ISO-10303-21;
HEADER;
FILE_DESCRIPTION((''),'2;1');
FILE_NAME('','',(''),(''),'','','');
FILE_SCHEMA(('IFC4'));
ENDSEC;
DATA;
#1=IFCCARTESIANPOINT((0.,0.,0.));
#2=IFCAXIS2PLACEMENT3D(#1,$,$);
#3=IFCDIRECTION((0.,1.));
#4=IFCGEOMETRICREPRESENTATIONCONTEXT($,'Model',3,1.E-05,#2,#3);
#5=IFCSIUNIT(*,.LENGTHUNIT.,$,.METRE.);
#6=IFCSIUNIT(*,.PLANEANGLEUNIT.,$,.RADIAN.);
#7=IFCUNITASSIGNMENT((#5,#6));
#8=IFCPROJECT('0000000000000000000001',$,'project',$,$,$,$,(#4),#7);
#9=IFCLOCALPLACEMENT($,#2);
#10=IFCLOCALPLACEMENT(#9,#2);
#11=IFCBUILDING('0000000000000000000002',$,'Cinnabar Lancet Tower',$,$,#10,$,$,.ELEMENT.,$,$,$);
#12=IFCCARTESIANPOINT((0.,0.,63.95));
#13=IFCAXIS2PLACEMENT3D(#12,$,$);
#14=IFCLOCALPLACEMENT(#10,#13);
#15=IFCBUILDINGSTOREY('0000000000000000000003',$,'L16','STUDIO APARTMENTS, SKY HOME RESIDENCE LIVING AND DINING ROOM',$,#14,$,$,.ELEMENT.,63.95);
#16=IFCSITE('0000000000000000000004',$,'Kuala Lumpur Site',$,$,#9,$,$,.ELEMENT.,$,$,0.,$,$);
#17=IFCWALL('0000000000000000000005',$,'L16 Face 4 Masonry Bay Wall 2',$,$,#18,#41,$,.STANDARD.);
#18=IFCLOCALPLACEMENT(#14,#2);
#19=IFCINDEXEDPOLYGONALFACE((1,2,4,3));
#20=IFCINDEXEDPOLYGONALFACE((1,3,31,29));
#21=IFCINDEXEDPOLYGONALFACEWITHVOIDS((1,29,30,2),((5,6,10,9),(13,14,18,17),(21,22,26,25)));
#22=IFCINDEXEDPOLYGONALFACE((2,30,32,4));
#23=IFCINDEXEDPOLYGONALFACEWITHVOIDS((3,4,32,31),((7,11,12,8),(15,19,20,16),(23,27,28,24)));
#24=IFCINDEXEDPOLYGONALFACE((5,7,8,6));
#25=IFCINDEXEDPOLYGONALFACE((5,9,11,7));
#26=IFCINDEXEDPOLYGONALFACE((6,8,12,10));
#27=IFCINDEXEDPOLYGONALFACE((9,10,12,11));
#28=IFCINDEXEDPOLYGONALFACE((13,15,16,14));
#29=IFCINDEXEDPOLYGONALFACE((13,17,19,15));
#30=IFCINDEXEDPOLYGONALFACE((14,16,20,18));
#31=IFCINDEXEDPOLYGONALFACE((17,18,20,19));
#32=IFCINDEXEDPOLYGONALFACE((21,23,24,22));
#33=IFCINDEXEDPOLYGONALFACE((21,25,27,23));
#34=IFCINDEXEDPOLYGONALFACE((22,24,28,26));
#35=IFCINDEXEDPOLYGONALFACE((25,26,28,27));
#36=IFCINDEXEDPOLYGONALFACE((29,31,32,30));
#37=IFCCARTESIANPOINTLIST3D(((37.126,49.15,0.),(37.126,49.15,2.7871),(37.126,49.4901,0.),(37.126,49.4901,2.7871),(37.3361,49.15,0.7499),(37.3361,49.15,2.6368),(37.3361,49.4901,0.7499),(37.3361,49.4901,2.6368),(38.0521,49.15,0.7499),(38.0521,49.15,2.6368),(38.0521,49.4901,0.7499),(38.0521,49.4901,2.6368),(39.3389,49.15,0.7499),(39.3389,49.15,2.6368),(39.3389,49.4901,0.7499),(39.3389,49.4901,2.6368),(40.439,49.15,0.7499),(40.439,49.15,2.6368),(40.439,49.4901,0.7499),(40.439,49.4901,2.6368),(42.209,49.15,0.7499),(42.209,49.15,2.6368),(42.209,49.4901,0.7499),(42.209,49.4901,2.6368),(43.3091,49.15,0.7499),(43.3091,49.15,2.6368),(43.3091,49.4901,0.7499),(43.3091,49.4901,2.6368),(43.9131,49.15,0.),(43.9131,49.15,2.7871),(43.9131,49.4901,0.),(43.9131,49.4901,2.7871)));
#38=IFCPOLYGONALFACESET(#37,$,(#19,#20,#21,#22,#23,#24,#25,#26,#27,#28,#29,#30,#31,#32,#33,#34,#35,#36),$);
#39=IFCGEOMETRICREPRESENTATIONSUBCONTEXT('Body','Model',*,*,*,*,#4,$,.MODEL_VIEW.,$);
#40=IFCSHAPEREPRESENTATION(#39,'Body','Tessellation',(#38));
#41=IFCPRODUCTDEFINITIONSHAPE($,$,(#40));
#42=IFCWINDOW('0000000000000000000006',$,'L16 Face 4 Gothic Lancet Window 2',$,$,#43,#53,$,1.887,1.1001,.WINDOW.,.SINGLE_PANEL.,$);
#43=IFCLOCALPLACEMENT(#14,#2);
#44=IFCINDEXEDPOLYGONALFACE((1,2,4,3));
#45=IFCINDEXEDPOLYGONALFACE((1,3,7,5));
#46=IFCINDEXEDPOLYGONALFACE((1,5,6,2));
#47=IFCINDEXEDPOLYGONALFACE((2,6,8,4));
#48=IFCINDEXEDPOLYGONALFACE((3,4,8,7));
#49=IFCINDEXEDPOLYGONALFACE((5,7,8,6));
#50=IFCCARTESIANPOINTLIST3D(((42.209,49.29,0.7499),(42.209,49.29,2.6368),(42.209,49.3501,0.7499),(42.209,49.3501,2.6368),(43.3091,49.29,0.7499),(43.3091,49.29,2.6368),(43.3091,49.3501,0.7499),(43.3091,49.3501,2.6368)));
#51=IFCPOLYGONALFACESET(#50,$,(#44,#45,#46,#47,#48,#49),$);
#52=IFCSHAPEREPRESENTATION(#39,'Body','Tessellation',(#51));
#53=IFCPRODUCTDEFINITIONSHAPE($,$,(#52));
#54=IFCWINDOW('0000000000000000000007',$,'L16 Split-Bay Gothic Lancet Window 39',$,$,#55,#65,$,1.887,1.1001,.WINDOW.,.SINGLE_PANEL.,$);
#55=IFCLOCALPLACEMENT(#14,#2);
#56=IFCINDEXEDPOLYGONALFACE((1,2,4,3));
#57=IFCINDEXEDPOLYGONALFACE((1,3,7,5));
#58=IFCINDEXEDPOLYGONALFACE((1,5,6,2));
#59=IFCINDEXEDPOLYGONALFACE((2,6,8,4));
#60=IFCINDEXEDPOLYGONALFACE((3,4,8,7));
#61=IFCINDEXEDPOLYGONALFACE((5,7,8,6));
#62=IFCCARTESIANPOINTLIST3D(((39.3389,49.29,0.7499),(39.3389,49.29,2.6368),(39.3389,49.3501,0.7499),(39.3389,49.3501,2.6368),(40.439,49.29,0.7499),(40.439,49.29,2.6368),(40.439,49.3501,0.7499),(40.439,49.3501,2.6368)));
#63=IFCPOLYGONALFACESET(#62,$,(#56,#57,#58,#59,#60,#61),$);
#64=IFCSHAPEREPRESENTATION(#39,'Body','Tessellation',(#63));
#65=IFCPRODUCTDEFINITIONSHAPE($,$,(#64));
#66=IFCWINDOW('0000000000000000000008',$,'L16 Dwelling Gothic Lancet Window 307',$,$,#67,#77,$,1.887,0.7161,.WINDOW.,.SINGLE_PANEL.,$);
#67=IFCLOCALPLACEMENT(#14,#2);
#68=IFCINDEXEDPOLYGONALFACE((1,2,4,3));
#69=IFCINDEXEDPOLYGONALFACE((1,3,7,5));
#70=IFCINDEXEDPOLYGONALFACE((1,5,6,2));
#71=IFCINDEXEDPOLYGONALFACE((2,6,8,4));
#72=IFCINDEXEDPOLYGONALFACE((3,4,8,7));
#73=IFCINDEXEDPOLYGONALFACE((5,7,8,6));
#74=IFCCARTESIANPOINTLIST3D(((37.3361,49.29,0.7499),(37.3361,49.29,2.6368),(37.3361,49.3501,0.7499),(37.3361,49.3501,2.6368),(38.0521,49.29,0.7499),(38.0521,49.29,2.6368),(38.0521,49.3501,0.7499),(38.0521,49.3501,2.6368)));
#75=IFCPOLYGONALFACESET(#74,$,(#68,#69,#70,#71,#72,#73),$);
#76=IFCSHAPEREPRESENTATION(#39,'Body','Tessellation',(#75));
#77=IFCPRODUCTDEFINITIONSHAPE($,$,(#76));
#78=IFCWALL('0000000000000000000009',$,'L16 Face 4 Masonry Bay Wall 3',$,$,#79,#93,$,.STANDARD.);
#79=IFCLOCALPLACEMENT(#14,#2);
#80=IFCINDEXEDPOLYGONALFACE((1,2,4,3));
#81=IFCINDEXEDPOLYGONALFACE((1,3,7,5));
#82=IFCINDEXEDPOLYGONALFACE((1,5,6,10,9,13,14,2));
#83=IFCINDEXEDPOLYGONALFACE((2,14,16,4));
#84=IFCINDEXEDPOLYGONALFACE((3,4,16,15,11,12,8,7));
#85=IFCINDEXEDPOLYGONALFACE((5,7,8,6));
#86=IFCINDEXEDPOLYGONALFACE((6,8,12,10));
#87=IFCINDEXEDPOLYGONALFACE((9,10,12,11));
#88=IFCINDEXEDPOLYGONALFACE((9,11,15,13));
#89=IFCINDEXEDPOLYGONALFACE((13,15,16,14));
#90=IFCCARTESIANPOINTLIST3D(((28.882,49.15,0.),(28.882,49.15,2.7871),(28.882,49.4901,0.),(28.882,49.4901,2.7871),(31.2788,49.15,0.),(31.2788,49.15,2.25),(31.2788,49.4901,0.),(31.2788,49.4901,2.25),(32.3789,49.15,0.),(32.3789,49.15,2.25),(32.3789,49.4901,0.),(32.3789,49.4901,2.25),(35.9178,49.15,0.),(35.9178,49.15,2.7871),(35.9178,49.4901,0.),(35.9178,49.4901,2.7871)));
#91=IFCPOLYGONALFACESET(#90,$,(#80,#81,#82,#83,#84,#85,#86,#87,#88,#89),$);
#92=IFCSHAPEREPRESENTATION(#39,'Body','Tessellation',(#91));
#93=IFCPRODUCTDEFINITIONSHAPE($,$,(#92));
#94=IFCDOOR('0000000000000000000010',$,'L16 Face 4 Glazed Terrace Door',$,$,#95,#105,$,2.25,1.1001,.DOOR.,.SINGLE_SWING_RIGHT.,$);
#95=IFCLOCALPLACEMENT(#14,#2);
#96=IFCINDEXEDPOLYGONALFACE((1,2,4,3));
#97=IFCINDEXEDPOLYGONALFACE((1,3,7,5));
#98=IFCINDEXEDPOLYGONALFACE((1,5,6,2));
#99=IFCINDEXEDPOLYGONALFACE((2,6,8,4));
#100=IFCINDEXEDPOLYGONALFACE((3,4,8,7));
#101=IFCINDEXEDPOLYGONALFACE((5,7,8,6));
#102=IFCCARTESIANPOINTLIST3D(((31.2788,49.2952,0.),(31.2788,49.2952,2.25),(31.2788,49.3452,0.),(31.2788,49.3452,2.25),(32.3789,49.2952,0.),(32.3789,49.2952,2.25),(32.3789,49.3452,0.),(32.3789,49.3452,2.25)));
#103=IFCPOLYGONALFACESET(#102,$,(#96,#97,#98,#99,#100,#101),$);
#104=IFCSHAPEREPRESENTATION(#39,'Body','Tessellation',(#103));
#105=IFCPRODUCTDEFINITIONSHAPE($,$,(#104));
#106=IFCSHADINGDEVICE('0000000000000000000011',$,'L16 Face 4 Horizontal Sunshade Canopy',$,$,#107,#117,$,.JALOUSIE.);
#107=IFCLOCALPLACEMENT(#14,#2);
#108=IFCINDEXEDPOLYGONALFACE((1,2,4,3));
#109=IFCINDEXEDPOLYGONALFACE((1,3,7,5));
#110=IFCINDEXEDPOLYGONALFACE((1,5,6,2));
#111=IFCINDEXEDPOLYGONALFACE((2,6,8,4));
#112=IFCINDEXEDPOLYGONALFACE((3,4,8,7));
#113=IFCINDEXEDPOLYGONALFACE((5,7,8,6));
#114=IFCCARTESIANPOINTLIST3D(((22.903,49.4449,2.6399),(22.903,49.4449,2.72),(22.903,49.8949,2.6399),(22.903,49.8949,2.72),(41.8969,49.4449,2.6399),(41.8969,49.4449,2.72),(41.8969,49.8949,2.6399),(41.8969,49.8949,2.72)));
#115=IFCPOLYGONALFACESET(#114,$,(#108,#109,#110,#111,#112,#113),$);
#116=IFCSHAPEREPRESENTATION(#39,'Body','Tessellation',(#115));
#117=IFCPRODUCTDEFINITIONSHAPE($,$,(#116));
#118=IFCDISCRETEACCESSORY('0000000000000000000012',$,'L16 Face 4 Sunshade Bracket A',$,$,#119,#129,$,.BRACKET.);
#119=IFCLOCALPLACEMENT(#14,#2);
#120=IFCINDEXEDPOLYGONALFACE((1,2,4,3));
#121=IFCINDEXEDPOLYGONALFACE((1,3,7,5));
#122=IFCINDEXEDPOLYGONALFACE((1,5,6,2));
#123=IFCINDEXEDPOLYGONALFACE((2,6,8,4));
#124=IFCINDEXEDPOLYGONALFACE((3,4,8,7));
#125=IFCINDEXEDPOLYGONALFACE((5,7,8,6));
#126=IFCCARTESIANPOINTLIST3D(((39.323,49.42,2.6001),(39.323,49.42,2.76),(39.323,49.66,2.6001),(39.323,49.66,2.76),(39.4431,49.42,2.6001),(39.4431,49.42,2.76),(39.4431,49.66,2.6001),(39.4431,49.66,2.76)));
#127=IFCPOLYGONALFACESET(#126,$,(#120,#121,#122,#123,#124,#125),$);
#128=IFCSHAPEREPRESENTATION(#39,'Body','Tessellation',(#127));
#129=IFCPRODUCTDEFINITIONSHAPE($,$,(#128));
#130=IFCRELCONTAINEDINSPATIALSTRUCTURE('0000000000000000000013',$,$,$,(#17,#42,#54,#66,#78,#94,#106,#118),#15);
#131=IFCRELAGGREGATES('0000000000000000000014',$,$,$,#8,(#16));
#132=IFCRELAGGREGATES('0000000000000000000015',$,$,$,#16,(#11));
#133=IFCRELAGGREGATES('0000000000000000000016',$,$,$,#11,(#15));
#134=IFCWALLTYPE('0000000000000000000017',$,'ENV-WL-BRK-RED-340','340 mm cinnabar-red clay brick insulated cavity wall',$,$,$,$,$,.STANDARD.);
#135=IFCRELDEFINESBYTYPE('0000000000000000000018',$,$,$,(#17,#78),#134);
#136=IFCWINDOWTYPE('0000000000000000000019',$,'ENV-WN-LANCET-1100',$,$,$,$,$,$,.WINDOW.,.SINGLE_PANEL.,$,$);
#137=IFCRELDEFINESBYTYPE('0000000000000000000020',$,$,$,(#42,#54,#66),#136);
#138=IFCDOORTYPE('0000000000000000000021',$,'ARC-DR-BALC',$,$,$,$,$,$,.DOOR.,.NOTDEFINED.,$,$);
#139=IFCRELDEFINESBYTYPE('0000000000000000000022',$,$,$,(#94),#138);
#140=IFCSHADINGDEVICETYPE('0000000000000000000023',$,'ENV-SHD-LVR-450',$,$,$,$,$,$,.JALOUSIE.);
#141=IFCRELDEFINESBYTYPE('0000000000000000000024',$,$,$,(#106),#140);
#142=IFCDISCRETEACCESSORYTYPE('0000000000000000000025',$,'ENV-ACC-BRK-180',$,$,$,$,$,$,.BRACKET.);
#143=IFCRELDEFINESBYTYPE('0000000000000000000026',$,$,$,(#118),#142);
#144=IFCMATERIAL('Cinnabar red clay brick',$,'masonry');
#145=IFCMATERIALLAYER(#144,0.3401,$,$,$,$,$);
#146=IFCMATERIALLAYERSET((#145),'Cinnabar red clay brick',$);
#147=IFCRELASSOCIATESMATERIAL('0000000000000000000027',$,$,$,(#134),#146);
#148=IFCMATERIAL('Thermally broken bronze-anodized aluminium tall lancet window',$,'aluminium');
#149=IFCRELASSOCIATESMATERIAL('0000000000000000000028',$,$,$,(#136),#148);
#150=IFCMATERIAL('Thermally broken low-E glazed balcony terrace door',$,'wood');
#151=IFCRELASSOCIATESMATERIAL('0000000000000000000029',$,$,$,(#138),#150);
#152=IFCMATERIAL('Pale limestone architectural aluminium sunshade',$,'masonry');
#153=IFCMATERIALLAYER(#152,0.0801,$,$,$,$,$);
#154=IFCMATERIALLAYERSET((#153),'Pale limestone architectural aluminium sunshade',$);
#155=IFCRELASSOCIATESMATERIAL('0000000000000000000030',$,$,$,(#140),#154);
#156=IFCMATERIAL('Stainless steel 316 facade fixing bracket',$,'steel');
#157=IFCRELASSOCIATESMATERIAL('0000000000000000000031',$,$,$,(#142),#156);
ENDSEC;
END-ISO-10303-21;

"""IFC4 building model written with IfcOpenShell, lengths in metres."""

from ifc_helpers import new_model, si_unit, direction, frame, frame_2d, origin, origin_2d, place, context, subcontext, project, spatial, rectangle, extrude, material, layer, layer_set, type_object, element, fill, save


model = new_model("IFC4")

# Units and contexts
model_context = context("Model", 3, precision=1e-05, world=origin(), true_north=direction((0.0, 1.0)))
body_context = subcontext(model_context, "Body", "Model", "MODEL_VIEW")
ifc_project = project(units=[si_unit("LENGTHUNIT", "METRE"), si_unit("PLANEANGLEUNIT", "RADIAN")], contexts=[model_context])

# Site, building, storey
site_placement = place(None, origin())
site = spatial("IfcSite", under=ifc_project, at=site_placement, Name="Kuala Lumpur Site", CompositionType="ELEMENT", RefElevation=0.0)
building_placement = place(site_placement, origin())
building = spatial("IfcBuilding", under=site, at=building_placement, Name="Cinnabar Lancet Tower", CompositionType="ELEMENT")
storey_placement = place(building_placement, frame((0.0, 0.0, 63.95)))
storey = spatial("IfcBuildingStorey", under=building, at=storey_placement, Name="L16", Description="STUDIO APARTMENTS, SKY HOME RESIDENCE LIVING AND DINING ROOM", CompositionType="ELEMENT", Elevation=63.95)

# Wall, openings, windows
ifc_material_1 = material(Name="Cinnabar red clay brick", Category="masonry")
ifc_layer_1 = layer(ifc_material_1, 0.3401)
ifc_layer_set_1 = layer_set([ifc_layer_1], Name="Cinnabar red clay brick")
wall_type_1 = type_object("IfcWallType", Name="ENV-WL-BRK-RED-340", Description="340 mm cinnabar-red clay brick insulated cavity wall", PredefinedType="STANDARD", material=ifc_layer_set_1)
wall_1_placement = place(storey_placement, frame((43.9131, 49.3201, 0.0), z_axis=(0.0, 0.0, 1.0), x_axis=(-1.0, 0.0, 0.0)))
wall_1 = element("IfcWall", 1, at=wall_1_placement, inside=storey, type_object=wall_type_1, Name="L16 Face 4 Masonry Bay Wall 2", PredefinedType="STANDARD", context=body_context, shape_type="SweptSolid", body=[
    extrude(rectangle(XDim=6.7871, YDim=0.3401, at=frame_2d((3.3936, 0.0))), origin(), (0.0, 0.0, 1.0), 2.7871),
])
opening_1_placement = place(wall_1_placement, frame((0.604, 0.0, 0.75)))
opening_1 = element("IfcOpeningElement", 2, at=opening_1_placement, cuts=wall_1, PredefinedType="OPENING", context=body_context, shape_type="SweptSolid", body=[
    extrude(rectangle(XDim=1.1001, YDim=1.887, at=frame_2d((0.55, 0.9434))), frame((0.0, 0.1799, 0.0), z_axis=(0.0, -1.0, 0.0), x_axis=(1.0, 0.0, 0.0)), (0.0, 0.0, 1.0), 0.3601),
])
opening_2_placement = place(wall_1_placement, frame((3.4741, 0.0, 0.75)))
opening_2 = element("IfcOpeningElement", 3, at=opening_2_placement, cuts=wall_1, PredefinedType="OPENING", context=body_context, shape_type="SweptSolid", body=[
    extrude(rectangle(XDim=1.1001, YDim=1.887, at=frame_2d((0.55, 0.9434))), frame((0.0, 0.1799, 0.0), z_axis=(0.0, -1.0, 0.0), x_axis=(1.0, 0.0, 0.0)), (0.0, 0.0, 1.0), 0.3601),
])
opening_3_placement = place(wall_1_placement, frame((5.8611, 0.0, 0.75)))
opening_3 = element("IfcOpeningElement", 4, at=opening_3_placement, cuts=wall_1, PredefinedType="OPENING", context=body_context, shape_type="SweptSolid", body=[
    extrude(rectangle(XDim=0.7161, YDim=1.887, at=frame_2d((0.3579, 0.9434))), frame((0.0, 0.1799, 0.0), z_axis=(0.0, -1.0, 0.0), x_axis=(1.0, 0.0, 0.0)), (0.0, 0.0, 1.0), 0.3601),
])
ifc_material_2 = material(Name="Thermally broken bronze-anodized aluminium tall lancet window", Category="aluminium")
window_type = type_object("IfcWindowType", Name="ENV-WN-LANCET-1100", PartitioningType="SINGLE_PANEL", PredefinedType="WINDOW", material=ifc_material_2)
window_1_placement = place(opening_1_placement, origin())
window_1 = element("IfcWindow", 5, at=window_1_placement, inside=storey, type_object=window_type, Name="L16 Face 4 Gothic Lancet Window 2", OverallHeight=1.887, OverallWidth=1.1001, PartitioningType="SINGLE_PANEL", PredefinedType="WINDOW", context=body_context, shape_type="SweptSolid", body=[
    extrude(rectangle(XDim=1.1001, YDim=1.887, at=frame_2d((0.55, 0.9434))), frame((0.0, 0.03, 0.0), z_axis=(0.0, -1.0, 0.0), x_axis=(1.0, 0.0, 0.0)), (0.0, 0.0, 1.0), 0.0601),
])
fill(opening_1, window_1)
window_2_placement = place(opening_2_placement, origin())
window_2 = element("IfcWindow", 6, at=window_2_placement, inside=storey, type_object=window_type, Name="L16 Split-Bay Gothic Lancet Window 39", OverallHeight=1.887, OverallWidth=1.1001, PartitioningType="SINGLE_PANEL", PredefinedType="WINDOW", context=body_context, shape_type="SweptSolid", body=[
    extrude(rectangle(XDim=1.1001, YDim=1.887, at=frame_2d((0.55, 0.9434))), frame((0.0, 0.03, 0.0), z_axis=(0.0, -1.0, 0.0), x_axis=(1.0, 0.0, 0.0)), (0.0, 0.0, 1.0), 0.0601),
])
fill(opening_2, window_2)
window_3_placement = place(opening_3_placement, origin())
window_3 = element("IfcWindow", 7, at=window_3_placement, inside=storey, type_object=window_type, Name="L16 Dwelling Gothic Lancet Window 307", OverallHeight=1.887, OverallWidth=0.7161, PartitioningType="SINGLE_PANEL", PredefinedType="WINDOW", context=body_context, shape_type="SweptSolid", body=[
    extrude(rectangle(XDim=0.7161, YDim=1.887, at=frame_2d((0.3579, 0.9434))), frame((0.0, 0.03, 0.0), z_axis=(0.0, -1.0, 0.0), x_axis=(1.0, 0.0, 0.0)), (0.0, 0.0, 1.0), 0.0601),
])
fill(opening_3, window_3)

# Wall, opening, door
wall_2_placement = place(storey_placement, frame((35.918, 49.3201, 0.0), z_axis=(0.0, 0.0, 1.0), x_axis=(-1.0, 0.0, 0.0)))
wall_2 = element("IfcWall", 8, at=wall_2_placement, inside=storey, type_object=wall_type_1, Name="L16 Face 4 Masonry Bay Wall 3", PredefinedType="STANDARD", context=body_context, shape_type="SweptSolid", body=[
    extrude(rectangle(XDim=7.0359, YDim=0.3401, at=frame_2d((3.5181, 0.0))), origin(), (0.0, 0.0, 1.0), 2.7871),
])
opening_4_placement = place(wall_2_placement, frame((3.5391, 0.0, 0.0)))
opening_4 = element("IfcOpeningElement", 9, at=opening_4_placement, cuts=wall_2, PredefinedType="OPENING", context=body_context, shape_type="SweptSolid", body=[
    extrude(rectangle(XDim=1.1001, YDim=2.25, at=frame_2d((0.55, 1.125))), frame((0.0, 0.1799, 0.0), z_axis=(0.0, -1.0, 0.0), x_axis=(1.0, 0.0, 0.0)), (0.0, 0.0, 1.0), 0.3601),
])
ifc_material_3 = material(Name="Thermally broken low-E glazed balcony terrace door", Category="wood")
door_type_1 = type_object("IfcDoorType", Name="ARC-DR-BALC", OperationType="NOTDEFINED", PredefinedType="DOOR", material=ifc_material_3)
door_1_placement = place(opening_4_placement, origin())
door_1 = element("IfcDoor", 10, at=door_1_placement, inside=storey, type_object=door_type_1, Name="L16 Face 4 Glazed Terrace Door", OperationType="SINGLE_SWING_RIGHT", OverallHeight=2.25, OverallWidth=1.1001, PredefinedType="DOOR", context=body_context, shape_type="SweptSolid", body=[
    extrude(rectangle(XDim=1.1001, YDim=2.25, at=frame_2d((0.55, 1.125))), frame((0.0, 0.0249, 0.0), z_axis=(0.0, -1.0, 0.0), x_axis=(1.0, 0.0, 0.0)), (0.0, 0.0, 1.0), 0.05),
])
fill(opening_4, door_1)

# Shading device
ifc_material_4 = material(Name="Pale limestone architectural aluminium sunshade", Category="masonry")
ifc_layer_2 = layer(ifc_material_4, 0.0801)
ifc_layer_set_2 = layer_set([ifc_layer_2], Name="Pale limestone architectural aluminium sunshade")
shading_device_type = type_object("IfcShadingDeviceType", Name="ENV-SHD-LVR-450", PredefinedType="JALOUSIE", material=ifc_layer_set_2)
shading_device_placement = place(storey_placement, frame((32.3999, 49.6699, 2.6399), z_axis=(0.0, 0.0, 1.0), x_axis=(-1.0, 0.0, 0.0)))
element("IfcShadingDevice", 11, at=shading_device_placement, inside=storey, type_object=shading_device_type, Name="L16 Face 4 Horizontal Sunshade Canopy", PredefinedType="JALOUSIE", context=body_context, shape_type="SweptSolid", body=[
    extrude(rectangle(XDim=18.9939, YDim=0.45, at=origin_2d()), origin(), (0.0, 0.0, 1.0), 0.0801),
])

# Discrete accessory
ifc_material_5 = material(Name="Stainless steel 316 facade fixing bracket", Category="steel")
discrete_accessory_type = type_object("IfcDiscreteAccessoryType", Name="ENV-ACC-BRK-180", PredefinedType="BRACKET", material=ifc_material_5)
discrete_accessory_placement = place(storey_placement, frame((39.3831, 49.54, 2.6001), z_axis=(0.0, 0.0, 1.0), x_axis=(-1.0, 0.0, 0.0)))
element("IfcDiscreteAccessory", 12, at=discrete_accessory_placement, inside=storey, type_object=discrete_accessory_type, Name="L16 Face 4 Sunshade Bracket A", PredefinedType="BRACKET", context=body_context, shape_type="SweptSolid", body=[
    extrude(rectangle(XDim=0.1201, YDim=0.24, at=origin_2d()), origin(), (0.0, 0.0, 1.0), 0.1599),
])

save(model, "model.ifc")
